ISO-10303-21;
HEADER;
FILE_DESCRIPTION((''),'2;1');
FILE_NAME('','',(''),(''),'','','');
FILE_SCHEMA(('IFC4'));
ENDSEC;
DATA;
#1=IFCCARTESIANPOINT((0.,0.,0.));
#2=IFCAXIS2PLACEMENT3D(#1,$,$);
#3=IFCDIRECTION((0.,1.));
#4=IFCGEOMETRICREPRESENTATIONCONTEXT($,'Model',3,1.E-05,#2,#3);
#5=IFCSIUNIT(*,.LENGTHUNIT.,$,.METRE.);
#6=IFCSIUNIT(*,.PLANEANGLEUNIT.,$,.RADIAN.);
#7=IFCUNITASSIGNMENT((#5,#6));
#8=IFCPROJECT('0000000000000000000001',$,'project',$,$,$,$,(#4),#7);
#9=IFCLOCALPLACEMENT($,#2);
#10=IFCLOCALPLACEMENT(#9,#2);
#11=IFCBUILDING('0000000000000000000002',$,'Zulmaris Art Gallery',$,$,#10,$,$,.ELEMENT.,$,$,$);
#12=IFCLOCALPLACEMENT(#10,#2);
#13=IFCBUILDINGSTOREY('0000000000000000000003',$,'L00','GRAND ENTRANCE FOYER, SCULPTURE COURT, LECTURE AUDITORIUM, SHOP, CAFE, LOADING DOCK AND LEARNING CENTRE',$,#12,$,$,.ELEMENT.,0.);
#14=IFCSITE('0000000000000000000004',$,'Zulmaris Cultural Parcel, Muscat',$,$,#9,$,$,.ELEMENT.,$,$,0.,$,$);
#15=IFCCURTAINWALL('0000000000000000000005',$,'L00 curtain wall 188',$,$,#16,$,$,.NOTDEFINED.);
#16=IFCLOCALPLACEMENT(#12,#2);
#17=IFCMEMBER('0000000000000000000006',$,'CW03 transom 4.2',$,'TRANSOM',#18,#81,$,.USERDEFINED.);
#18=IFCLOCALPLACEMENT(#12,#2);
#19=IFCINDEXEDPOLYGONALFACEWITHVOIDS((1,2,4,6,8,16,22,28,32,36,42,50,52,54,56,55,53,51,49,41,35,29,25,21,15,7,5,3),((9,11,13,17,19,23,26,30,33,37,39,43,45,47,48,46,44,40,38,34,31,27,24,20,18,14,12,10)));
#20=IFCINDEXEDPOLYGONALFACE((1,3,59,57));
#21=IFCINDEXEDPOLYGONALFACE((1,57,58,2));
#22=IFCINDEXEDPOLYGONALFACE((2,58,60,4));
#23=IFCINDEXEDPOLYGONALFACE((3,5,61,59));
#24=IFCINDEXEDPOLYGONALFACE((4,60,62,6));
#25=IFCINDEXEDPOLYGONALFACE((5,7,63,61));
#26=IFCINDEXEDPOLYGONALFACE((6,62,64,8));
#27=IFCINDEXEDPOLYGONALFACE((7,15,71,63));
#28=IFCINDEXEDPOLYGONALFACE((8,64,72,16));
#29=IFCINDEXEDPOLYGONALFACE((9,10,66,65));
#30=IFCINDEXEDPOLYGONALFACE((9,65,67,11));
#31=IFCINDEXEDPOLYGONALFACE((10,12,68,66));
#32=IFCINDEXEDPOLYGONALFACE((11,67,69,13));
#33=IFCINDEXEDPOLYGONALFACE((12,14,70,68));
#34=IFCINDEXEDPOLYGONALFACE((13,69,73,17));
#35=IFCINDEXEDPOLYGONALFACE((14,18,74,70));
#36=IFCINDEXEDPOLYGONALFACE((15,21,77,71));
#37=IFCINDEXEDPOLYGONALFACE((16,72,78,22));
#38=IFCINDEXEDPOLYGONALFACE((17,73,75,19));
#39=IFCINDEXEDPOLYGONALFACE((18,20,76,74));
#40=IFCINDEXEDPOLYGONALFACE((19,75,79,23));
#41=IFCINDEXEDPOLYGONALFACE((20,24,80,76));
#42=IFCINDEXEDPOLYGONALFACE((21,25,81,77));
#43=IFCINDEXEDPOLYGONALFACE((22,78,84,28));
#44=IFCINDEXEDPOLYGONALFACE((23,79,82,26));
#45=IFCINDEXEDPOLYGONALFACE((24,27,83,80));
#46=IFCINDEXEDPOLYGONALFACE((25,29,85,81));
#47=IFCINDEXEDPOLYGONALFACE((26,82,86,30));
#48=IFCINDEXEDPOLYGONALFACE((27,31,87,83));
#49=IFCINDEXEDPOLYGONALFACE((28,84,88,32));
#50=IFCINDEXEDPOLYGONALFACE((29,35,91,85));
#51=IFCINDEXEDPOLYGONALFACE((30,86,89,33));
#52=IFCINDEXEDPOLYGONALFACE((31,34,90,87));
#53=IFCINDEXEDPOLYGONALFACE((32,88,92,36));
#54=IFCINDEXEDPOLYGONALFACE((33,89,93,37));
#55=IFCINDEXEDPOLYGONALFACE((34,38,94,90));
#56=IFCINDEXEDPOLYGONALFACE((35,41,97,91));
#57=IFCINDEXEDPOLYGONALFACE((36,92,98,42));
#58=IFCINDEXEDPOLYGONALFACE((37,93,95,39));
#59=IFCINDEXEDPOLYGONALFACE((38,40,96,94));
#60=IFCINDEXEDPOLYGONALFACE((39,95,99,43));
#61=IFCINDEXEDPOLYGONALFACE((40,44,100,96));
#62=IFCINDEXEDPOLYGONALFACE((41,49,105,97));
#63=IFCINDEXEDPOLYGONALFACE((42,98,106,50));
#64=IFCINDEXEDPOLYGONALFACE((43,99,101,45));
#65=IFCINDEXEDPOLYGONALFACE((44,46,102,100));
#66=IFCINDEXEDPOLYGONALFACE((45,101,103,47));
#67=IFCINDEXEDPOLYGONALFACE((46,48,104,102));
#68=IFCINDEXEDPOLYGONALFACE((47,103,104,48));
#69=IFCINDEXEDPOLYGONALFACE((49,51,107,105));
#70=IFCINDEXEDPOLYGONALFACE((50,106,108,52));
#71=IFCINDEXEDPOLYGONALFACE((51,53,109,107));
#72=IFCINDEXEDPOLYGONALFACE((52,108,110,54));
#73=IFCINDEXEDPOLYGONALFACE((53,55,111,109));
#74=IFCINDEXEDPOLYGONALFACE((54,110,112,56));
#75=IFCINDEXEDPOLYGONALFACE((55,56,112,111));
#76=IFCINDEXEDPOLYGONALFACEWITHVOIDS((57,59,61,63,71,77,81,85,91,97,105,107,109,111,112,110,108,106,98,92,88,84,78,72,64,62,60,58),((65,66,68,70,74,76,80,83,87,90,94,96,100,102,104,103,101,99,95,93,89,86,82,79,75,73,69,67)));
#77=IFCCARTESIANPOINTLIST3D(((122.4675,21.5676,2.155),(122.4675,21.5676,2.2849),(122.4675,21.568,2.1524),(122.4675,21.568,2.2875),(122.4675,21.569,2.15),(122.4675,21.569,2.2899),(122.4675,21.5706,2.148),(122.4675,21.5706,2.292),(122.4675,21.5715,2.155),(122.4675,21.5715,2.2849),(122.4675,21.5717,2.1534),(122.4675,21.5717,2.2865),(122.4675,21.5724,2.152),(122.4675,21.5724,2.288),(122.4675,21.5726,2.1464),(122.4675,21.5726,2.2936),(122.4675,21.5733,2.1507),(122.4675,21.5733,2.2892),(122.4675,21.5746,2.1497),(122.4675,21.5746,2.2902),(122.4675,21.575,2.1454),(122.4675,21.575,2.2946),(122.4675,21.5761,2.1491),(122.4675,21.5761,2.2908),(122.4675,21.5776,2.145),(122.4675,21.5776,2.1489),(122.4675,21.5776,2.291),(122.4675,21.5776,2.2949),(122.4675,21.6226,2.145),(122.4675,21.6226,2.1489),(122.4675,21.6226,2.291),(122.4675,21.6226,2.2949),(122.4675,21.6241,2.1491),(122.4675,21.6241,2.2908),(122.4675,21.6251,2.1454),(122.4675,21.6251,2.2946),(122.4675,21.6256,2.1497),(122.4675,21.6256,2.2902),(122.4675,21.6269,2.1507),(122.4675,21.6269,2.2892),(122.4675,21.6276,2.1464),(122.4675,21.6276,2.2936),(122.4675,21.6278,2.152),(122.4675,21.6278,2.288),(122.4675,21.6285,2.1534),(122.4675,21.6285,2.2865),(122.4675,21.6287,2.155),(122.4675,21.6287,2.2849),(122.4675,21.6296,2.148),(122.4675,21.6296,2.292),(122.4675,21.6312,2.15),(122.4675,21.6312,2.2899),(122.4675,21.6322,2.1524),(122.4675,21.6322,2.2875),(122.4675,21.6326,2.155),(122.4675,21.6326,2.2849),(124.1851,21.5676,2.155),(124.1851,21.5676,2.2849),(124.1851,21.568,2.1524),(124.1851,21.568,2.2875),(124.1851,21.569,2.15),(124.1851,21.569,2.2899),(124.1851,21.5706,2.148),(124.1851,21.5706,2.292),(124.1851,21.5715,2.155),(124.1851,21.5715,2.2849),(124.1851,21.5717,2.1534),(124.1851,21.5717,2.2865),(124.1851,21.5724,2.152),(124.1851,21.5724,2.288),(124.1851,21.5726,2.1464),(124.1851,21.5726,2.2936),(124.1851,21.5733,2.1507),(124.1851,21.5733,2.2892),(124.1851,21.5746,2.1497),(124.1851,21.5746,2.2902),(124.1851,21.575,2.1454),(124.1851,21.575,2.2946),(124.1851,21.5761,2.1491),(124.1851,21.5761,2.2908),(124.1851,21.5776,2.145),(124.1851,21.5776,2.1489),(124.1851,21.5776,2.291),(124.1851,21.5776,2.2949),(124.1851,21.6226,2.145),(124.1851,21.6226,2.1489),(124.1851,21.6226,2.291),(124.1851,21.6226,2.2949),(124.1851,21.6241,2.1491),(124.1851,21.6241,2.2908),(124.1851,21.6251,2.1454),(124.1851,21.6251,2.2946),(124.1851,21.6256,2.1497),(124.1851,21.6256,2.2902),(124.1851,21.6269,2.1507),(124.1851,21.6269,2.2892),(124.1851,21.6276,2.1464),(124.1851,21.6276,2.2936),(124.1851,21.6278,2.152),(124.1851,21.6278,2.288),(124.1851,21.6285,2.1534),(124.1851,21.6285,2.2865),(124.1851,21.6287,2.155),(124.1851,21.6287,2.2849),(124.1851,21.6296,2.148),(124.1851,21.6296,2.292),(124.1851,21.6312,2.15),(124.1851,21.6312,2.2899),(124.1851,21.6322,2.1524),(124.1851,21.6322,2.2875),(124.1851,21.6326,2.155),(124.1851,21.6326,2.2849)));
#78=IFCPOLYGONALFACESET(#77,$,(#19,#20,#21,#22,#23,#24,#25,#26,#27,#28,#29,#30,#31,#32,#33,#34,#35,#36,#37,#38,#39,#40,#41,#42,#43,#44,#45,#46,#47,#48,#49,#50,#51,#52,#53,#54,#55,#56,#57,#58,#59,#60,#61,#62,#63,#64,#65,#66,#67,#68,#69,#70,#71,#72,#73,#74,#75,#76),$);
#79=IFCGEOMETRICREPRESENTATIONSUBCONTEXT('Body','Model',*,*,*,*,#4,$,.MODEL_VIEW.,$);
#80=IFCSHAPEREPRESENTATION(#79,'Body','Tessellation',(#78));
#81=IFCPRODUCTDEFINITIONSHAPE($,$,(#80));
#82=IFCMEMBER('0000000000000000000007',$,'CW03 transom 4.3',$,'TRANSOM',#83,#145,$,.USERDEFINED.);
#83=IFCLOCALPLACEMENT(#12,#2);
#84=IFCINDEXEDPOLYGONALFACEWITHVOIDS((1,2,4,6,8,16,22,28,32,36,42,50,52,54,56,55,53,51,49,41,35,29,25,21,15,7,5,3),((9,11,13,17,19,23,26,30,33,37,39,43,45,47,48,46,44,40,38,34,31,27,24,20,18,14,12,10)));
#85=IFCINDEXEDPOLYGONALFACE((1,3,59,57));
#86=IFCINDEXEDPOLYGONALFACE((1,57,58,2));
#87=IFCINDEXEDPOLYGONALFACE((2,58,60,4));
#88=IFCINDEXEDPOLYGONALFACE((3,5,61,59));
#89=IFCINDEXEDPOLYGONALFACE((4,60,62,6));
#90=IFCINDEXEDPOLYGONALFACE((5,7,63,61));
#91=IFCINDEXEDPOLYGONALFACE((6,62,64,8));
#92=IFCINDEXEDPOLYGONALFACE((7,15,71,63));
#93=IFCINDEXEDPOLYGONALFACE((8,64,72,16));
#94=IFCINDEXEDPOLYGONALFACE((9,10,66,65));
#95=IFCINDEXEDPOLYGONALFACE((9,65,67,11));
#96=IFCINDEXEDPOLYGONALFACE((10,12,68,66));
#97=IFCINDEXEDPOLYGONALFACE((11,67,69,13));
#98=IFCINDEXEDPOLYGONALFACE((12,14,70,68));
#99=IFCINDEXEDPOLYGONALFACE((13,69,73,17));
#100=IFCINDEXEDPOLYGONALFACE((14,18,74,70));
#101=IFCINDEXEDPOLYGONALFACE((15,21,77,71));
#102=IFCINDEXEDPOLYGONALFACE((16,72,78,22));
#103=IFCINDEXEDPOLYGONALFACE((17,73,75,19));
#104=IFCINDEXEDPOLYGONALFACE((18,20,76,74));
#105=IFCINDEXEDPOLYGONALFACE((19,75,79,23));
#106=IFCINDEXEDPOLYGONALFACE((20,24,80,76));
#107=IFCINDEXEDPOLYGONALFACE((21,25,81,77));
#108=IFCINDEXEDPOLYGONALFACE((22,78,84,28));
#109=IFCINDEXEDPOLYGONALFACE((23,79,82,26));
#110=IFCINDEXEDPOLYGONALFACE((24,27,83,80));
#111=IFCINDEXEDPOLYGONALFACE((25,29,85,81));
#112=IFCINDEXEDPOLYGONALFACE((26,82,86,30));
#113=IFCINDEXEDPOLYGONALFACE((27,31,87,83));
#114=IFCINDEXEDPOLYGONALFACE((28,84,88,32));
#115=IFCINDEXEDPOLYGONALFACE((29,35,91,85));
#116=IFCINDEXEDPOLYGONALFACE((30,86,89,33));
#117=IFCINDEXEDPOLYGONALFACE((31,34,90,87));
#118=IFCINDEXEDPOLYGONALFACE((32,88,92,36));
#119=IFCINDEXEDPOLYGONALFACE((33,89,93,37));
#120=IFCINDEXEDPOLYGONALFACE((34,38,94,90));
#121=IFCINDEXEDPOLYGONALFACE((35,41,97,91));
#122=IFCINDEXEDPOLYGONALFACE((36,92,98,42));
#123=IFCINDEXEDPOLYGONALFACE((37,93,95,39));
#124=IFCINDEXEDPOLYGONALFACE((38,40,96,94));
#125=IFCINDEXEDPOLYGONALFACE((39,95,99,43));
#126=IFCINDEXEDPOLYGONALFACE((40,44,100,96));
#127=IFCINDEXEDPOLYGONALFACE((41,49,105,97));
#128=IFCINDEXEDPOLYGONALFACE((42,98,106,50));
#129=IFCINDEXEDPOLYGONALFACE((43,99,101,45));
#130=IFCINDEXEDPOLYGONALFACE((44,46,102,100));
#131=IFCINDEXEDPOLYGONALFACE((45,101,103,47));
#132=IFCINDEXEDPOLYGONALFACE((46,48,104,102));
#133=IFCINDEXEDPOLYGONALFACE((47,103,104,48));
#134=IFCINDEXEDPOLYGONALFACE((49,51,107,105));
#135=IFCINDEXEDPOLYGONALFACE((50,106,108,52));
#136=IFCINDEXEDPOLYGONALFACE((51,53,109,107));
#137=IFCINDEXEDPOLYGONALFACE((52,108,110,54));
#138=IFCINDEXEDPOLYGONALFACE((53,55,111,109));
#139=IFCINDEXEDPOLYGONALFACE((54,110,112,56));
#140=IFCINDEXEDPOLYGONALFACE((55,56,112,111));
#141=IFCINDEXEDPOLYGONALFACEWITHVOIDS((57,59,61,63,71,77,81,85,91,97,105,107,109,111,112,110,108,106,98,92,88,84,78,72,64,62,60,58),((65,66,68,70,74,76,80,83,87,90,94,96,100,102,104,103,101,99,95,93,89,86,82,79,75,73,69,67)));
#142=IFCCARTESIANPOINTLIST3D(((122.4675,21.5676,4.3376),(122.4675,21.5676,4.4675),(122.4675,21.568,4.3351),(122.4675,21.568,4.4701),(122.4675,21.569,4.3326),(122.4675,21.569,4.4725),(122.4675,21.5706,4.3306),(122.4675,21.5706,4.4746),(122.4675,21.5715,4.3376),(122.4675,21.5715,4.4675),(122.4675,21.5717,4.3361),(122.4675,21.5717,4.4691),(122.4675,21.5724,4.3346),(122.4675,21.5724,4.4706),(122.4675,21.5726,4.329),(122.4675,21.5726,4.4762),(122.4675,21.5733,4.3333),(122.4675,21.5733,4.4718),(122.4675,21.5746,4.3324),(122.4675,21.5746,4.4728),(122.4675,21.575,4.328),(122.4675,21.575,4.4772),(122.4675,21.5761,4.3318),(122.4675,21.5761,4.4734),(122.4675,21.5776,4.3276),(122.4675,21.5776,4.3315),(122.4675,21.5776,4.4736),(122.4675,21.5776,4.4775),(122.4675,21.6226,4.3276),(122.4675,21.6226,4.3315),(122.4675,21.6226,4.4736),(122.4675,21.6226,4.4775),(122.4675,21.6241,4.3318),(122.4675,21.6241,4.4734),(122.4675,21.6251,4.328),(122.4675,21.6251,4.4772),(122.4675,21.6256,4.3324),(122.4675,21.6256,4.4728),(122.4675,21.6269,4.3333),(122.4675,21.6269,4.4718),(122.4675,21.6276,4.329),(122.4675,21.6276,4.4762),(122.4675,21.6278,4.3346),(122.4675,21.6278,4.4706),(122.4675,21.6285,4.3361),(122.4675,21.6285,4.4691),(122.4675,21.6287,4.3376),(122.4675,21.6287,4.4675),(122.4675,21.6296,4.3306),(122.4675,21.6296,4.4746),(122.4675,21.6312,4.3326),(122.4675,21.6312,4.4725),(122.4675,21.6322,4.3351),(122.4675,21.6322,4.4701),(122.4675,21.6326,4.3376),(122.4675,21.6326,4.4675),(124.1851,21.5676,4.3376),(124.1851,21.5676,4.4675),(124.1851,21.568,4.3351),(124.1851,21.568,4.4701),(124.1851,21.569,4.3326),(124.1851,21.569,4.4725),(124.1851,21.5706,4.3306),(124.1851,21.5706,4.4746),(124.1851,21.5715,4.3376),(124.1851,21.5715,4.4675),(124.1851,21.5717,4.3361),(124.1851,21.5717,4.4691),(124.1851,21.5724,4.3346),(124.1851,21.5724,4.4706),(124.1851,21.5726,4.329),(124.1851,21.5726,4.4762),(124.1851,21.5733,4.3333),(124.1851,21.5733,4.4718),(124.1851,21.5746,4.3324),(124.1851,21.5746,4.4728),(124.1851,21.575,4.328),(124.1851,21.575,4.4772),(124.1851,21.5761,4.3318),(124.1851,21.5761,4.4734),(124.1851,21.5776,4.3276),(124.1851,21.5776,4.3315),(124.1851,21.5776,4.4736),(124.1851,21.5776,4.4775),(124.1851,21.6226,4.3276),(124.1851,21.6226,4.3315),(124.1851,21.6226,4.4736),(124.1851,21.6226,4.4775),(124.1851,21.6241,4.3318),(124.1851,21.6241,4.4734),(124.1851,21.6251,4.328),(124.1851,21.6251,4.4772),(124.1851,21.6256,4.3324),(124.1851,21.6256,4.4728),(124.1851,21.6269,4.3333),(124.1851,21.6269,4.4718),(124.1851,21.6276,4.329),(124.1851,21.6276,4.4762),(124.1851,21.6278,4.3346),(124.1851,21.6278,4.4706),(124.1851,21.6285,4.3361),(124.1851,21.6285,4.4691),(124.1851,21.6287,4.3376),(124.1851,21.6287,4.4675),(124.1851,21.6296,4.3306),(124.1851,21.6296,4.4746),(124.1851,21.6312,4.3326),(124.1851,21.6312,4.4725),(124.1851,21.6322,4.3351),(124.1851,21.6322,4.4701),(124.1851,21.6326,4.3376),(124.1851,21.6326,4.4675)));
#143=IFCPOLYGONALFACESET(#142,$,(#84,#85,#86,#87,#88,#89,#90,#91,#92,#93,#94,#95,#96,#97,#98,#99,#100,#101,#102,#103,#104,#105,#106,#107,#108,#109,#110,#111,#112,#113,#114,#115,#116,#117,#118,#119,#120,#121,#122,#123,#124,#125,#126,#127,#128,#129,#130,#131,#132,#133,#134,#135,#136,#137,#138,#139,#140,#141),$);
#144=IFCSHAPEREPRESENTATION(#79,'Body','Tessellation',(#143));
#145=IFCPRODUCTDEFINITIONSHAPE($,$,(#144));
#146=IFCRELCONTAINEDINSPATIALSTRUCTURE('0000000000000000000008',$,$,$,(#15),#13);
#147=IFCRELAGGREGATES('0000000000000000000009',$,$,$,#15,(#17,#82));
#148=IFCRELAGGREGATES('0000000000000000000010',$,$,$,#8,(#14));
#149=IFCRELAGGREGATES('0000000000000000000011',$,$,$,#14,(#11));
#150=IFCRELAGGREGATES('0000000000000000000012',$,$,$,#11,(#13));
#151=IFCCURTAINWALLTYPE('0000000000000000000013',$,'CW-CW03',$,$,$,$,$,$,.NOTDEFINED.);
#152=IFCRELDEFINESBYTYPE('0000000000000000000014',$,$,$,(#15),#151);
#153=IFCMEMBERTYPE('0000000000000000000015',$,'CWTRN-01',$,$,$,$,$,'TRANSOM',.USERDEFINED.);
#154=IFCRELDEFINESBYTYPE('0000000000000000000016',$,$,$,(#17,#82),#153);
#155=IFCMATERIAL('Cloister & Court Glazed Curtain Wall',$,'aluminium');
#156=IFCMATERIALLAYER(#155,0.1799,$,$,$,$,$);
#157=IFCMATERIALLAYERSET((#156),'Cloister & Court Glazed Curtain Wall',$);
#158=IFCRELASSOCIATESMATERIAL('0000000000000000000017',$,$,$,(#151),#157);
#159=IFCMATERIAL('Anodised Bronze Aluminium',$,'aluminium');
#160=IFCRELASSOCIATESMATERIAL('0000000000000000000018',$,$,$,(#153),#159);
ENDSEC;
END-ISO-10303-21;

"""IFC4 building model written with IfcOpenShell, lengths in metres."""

from ifc_helpers import new_model, si_unit, direction, frame, origin, origin_2d, place, context, subcontext, project, spatial, hollow_rectangle, extrude, material, layer, layer_set, material_profile, profile_set, type_object, element, aggregate, save


model = new_model("IFC4")

# Units and contexts
model_context = context("Model", 3, precision=1e-05, world=origin(), true_north=direction((0.0, 1.0)))
body_context = subcontext(model_context, "Body", "Model", "MODEL_VIEW")
ifc_project = project(units=[si_unit("LENGTHUNIT", "METRE"), si_unit("PLANEANGLEUNIT", "RADIAN")], contexts=[model_context])

# Site, building, storey
site_placement = place(None, origin())
site = spatial("IfcSite", under=ifc_project, at=site_placement, Name="Zulmaris Cultural Parcel, Muscat", CompositionType="ELEMENT", RefElevation=0.0)
building_placement = place(site_placement, origin())
building = spatial("IfcBuilding", under=site, at=building_placement, Name="Zulmaris Art Gallery", CompositionType="ELEMENT")
storey_placement = place(building_placement, origin())
storey = spatial("IfcBuildingStorey", under=building, at=storey_placement, Name="L00", Description="GRAND ENTRANCE FOYER, SCULPTURE COURT, LECTURE AUDITORIUM, SHOP, CAFE, LOADING DOCK AND LEARNING CENTRE", CompositionType="ELEMENT", Elevation=0.0)

# Curtain wall, members
ifc_material_1 = material(Name="Anodised Bronze Aluminium", Category="aluminium")
ifc_material_2 = material(Name="Cloister & Court Glazed Curtain Wall", Category="aluminium")
ifc_layer_1 = layer(ifc_material_2, 0.1799)
ifc_layer_set_1 = layer_set([ifc_layer_1], Name="Cloister & Court Glazed Curtain Wall")
curtain_wall_type_1 = type_object("IfcCurtainWallType", Name="CW-CW03", PredefinedType="NOTDEFINED", material=ifc_layer_set_1)
curtain_wall_1_placement = place(storey_placement, origin())
curtain_wall_1 = element("IfcCurtainWall", 1, at=curtain_wall_1_placement, inside=storey, type_object=curtain_wall_type_1, Name="L00 curtain wall 188", PredefinedType="NOTDEFINED")
ifc_material_profile_1 = material_profile(ifc_material_1, hollow_rectangle(XDim=0.0649, YDim=0.1499, WallThickness=0.0039, InnerFilletRadius=0.0061, OuterFilletRadius=0.01, at=origin_2d()), Name="ALU 65x150x4")
ifc_profile_set_1 = profile_set([ifc_material_profile_1], Name="Anodised Bronze Aluminium")
member_type_1 = type_object("IfcMemberType", Name="CWTRN-01", ElementType="TRANSOM", PredefinedType="USERDEFINED", material=ifc_profile_set_1)
member_1_placement = place(storey_placement, frame((122.4675, 21.6001, 2.22), z_axis=(1.0, 0.0, 0.0), x_axis=(0.0, 1.0, 0.0)))
member_1 = element("IfcMember", 2, at=member_1_placement, type_object=member_type_1, Name="CW03 transom 4.2", ObjectType="TRANSOM", PredefinedType="USERDEFINED", context=body_context, shape_type="SweptSolid", body=[
    extrude(hollow_rectangle(XDim=0.0649, YDim=0.1499, WallThickness=0.0039, InnerFilletRadius=0.0061, OuterFilletRadius=0.01, at=origin_2d()), origin(), (0.0, 0.0, 1.0), 1.7175),
])
member_2_placement = place(storey_placement, frame((122.4675, 21.6001, 4.4026), z_axis=(1.0, 0.0, 0.0), x_axis=(0.0, 1.0, 0.0)))
member_2 = element("IfcMember", 3, at=member_2_placement, type_object=member_type_1, Name="CW03 transom 4.3", ObjectType="TRANSOM", PredefinedType="USERDEFINED", context=body_context, shape_type="SweptSolid", body=[
    extrude(hollow_rectangle(XDim=0.0649, YDim=0.1499, WallThickness=0.0039, InnerFilletRadius=0.0061, OuterFilletRadius=0.01, at=origin_2d()), origin(), (0.0, 0.0, 1.0), 1.7175),
])

aggregate(curtain_wall_1, [member_1, member_2])

save(model, "model.ifc")
